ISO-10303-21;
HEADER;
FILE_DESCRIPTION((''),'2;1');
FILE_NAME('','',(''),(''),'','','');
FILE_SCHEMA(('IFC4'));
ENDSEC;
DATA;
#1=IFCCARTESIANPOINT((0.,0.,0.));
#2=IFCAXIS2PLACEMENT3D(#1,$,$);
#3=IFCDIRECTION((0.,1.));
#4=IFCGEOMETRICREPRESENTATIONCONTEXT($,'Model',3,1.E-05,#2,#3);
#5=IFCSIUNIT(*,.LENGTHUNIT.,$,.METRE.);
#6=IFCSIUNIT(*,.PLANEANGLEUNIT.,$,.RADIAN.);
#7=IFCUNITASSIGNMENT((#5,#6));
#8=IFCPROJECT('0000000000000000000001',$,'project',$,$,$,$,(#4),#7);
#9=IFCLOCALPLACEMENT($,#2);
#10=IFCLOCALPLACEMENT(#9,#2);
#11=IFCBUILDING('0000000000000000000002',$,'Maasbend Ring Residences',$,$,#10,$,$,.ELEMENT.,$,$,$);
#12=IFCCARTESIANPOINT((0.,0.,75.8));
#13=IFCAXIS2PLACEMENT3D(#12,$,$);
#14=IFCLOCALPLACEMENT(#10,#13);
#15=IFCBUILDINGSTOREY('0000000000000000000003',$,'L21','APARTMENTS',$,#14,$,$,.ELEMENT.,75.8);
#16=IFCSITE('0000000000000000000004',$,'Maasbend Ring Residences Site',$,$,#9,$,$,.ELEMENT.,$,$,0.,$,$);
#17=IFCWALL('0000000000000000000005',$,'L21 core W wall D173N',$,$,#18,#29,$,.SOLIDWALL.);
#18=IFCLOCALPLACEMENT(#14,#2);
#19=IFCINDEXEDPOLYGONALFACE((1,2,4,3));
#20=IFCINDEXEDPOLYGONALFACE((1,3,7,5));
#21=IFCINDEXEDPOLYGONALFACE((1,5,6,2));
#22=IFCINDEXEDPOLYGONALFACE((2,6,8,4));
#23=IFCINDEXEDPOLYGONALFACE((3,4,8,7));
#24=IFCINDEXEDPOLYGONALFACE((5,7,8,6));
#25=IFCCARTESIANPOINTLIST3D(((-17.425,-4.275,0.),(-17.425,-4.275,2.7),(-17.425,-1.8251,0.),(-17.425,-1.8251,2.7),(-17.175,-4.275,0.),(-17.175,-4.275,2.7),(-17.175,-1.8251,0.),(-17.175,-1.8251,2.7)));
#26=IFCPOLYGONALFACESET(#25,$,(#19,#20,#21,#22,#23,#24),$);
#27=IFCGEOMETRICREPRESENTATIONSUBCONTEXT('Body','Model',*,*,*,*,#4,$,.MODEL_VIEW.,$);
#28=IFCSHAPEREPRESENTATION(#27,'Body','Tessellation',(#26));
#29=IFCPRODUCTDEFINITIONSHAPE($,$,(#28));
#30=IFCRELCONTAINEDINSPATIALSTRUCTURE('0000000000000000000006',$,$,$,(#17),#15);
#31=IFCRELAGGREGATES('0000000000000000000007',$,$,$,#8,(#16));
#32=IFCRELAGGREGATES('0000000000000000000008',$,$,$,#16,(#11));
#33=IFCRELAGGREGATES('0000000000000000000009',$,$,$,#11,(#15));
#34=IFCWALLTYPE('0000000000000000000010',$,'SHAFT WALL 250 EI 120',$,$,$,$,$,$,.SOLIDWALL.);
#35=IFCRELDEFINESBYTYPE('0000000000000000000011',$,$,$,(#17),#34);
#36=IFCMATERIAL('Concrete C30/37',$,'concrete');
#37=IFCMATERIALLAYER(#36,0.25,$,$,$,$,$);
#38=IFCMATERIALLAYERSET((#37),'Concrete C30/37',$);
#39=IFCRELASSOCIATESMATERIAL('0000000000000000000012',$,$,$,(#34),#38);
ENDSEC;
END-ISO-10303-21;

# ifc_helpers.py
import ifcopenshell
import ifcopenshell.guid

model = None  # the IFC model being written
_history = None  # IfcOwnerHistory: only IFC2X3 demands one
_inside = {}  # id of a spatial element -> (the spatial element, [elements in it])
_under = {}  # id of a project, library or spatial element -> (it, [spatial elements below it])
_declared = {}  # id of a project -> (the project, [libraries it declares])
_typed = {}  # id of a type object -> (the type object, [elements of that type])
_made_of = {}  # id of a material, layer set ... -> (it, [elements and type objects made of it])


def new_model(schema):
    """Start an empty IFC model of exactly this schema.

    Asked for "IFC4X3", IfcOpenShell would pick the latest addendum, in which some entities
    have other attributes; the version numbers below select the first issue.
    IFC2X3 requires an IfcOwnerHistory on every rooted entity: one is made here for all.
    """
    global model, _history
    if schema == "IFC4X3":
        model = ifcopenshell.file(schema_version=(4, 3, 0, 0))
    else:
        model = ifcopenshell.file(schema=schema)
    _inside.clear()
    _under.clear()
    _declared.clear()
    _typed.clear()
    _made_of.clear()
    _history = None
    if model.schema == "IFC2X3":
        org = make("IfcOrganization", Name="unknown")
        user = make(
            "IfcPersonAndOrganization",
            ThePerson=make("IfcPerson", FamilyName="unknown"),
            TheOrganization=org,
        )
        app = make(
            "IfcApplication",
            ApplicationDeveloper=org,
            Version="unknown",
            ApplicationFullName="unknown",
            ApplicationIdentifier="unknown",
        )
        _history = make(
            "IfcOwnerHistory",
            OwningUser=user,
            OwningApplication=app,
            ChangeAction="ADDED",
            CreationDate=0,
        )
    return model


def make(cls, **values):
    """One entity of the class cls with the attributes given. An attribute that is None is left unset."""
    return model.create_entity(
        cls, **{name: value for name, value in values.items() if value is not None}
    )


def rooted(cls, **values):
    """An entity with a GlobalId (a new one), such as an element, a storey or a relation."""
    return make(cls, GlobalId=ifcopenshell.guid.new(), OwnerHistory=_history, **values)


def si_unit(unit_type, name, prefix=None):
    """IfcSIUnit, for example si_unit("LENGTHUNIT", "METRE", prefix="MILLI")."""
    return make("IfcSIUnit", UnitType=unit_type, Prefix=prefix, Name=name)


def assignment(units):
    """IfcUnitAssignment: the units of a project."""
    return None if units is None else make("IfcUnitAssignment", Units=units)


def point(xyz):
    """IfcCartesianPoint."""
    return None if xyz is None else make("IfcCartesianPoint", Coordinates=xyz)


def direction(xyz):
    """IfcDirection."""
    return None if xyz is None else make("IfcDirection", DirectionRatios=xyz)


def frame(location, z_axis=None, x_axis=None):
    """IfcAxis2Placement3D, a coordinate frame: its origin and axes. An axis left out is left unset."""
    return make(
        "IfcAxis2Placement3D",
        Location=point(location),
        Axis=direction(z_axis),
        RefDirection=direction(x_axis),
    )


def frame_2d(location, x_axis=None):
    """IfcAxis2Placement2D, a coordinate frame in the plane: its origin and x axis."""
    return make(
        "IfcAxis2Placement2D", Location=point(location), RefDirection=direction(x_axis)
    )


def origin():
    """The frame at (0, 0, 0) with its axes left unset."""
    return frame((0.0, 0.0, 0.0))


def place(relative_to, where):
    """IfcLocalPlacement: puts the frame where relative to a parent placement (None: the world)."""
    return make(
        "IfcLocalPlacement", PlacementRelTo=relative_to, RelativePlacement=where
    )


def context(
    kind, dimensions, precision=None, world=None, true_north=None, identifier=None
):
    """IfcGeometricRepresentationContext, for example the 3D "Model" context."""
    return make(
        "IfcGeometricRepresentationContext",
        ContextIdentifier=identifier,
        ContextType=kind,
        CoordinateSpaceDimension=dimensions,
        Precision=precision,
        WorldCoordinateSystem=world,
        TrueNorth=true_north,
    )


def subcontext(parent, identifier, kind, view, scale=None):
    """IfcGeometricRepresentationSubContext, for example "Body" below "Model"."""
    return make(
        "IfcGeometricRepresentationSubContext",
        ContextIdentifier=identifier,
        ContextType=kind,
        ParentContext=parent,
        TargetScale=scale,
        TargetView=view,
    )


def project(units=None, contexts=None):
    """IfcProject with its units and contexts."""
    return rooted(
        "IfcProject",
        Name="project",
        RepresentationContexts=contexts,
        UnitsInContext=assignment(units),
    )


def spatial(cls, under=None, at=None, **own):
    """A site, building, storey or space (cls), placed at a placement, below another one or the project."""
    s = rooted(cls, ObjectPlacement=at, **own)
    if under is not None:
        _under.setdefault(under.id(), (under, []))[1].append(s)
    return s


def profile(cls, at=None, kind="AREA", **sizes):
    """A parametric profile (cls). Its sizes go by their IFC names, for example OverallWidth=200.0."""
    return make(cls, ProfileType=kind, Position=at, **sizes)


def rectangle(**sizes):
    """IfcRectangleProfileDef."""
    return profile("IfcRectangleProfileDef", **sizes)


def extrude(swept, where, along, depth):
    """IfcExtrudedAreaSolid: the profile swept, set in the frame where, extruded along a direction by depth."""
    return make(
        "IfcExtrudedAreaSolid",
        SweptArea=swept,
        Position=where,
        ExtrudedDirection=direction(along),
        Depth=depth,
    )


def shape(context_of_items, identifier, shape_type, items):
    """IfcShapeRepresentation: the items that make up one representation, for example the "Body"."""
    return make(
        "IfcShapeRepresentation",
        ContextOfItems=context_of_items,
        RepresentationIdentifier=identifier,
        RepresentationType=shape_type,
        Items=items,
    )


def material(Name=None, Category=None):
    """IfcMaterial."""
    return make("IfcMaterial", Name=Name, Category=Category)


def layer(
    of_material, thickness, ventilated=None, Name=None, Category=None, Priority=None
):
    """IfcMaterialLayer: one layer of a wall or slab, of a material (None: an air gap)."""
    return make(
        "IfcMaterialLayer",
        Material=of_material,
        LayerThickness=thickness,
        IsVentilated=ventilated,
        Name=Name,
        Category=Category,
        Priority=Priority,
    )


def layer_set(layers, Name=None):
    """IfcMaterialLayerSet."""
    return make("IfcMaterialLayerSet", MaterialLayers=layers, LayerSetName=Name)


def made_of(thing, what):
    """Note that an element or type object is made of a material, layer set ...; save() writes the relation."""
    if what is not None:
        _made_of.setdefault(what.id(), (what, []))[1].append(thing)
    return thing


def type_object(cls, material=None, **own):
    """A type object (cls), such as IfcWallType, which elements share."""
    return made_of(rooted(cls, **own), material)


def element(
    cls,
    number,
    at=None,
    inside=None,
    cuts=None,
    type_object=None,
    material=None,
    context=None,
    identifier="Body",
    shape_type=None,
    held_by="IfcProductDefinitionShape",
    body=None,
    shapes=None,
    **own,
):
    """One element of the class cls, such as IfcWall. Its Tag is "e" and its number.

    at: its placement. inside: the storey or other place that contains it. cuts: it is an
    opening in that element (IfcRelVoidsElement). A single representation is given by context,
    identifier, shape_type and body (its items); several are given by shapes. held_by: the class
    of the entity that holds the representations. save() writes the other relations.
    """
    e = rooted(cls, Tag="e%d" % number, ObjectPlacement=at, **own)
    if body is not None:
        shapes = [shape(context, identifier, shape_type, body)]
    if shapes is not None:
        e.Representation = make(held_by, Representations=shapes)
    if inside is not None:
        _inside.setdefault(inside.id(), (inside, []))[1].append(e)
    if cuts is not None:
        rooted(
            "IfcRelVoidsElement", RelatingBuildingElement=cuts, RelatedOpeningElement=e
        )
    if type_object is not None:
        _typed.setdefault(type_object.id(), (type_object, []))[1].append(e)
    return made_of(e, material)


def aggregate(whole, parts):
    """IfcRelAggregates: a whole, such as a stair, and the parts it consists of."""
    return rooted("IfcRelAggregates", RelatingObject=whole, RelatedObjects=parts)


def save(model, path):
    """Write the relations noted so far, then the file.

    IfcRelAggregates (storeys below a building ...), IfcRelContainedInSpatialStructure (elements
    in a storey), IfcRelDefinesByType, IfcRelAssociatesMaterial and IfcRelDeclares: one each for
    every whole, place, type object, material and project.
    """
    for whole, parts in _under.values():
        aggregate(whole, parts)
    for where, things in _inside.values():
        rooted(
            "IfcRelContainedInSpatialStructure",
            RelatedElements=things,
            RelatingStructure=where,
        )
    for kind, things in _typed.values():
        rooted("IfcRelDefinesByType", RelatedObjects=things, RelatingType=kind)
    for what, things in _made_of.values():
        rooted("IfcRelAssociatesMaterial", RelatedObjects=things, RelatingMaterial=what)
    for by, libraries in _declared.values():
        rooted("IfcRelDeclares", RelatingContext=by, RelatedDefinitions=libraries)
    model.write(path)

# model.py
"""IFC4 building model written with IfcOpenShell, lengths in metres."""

from ifc_helpers import new_model, si_unit, direction, frame, frame_2d, origin, place, context, subcontext, project, spatial, rectangle, extrude, material, layer, layer_set, type_object, element, save


model = new_model("IFC4")

# Units and contexts
model_context = context("Model", 3, precision=1e-05, world=origin(), true_north=direction((0.0, 1.0)))
body_context = subcontext(model_context, "Body", "Model", "MODEL_VIEW")
ifc_project = project(units=[si_unit("LENGTHUNIT", "METRE"), si_unit("PLANEANGLEUNIT", "RADIAN")], contexts=[model_context])

# Site, building, storey
site_placement = place(None, origin())
site = spatial("IfcSite", under=ifc_project, at=site_placement, Name="Maasbend Ring Residences Site", CompositionType="ELEMENT", RefElevation=0.0)
building_placement = place(site_placement, origin())
building = spatial("IfcBuilding", under=site, at=building_placement, Name="Maasbend Ring Residences", CompositionType="ELEMENT")
storey_placement = place(building_placement, frame((0.0, 0.0, 75.8)))
storey = spatial("IfcBuildingStorey", under=building, at=storey_placement, Name="L21", Description="APARTMENTS", CompositionType="ELEMENT", Elevation=75.8)

# Wall
ifc_material_1 = material(Name="Concrete C30/37", Category="concrete")
ifc_layer_1 = layer(ifc_material_1, 0.25)
ifc_layer_set_1 = layer_set([ifc_layer_1], Name="Concrete C30/37")
wall_type_1 = type_object("IfcWallType", Name="SHAFT WALL 250 EI 120", PredefinedType="SOLIDWALL", material=ifc_layer_set_1)
wall_1_placement = place(storey_placement, frame((-17.3, -1.825, 0.0), z_axis=(0.0, 0.0, 1.0), x_axis=(0.0, -1.0, 0.0)))
element("IfcWall", 1, at=wall_1_placement, inside=storey, type_object=wall_type_1, Name="L21 core W wall D173N", PredefinedType="SOLIDWALL", context=body_context, shape_type="SweptSolid", body=[
    extrude(rectangle(XDim=2.45, YDim=0.25, at=frame_2d((1.2251, 0.0))), origin(), (0.0, 0.0, 1.0), 2.7),
])

save(model, "model.ifc")
